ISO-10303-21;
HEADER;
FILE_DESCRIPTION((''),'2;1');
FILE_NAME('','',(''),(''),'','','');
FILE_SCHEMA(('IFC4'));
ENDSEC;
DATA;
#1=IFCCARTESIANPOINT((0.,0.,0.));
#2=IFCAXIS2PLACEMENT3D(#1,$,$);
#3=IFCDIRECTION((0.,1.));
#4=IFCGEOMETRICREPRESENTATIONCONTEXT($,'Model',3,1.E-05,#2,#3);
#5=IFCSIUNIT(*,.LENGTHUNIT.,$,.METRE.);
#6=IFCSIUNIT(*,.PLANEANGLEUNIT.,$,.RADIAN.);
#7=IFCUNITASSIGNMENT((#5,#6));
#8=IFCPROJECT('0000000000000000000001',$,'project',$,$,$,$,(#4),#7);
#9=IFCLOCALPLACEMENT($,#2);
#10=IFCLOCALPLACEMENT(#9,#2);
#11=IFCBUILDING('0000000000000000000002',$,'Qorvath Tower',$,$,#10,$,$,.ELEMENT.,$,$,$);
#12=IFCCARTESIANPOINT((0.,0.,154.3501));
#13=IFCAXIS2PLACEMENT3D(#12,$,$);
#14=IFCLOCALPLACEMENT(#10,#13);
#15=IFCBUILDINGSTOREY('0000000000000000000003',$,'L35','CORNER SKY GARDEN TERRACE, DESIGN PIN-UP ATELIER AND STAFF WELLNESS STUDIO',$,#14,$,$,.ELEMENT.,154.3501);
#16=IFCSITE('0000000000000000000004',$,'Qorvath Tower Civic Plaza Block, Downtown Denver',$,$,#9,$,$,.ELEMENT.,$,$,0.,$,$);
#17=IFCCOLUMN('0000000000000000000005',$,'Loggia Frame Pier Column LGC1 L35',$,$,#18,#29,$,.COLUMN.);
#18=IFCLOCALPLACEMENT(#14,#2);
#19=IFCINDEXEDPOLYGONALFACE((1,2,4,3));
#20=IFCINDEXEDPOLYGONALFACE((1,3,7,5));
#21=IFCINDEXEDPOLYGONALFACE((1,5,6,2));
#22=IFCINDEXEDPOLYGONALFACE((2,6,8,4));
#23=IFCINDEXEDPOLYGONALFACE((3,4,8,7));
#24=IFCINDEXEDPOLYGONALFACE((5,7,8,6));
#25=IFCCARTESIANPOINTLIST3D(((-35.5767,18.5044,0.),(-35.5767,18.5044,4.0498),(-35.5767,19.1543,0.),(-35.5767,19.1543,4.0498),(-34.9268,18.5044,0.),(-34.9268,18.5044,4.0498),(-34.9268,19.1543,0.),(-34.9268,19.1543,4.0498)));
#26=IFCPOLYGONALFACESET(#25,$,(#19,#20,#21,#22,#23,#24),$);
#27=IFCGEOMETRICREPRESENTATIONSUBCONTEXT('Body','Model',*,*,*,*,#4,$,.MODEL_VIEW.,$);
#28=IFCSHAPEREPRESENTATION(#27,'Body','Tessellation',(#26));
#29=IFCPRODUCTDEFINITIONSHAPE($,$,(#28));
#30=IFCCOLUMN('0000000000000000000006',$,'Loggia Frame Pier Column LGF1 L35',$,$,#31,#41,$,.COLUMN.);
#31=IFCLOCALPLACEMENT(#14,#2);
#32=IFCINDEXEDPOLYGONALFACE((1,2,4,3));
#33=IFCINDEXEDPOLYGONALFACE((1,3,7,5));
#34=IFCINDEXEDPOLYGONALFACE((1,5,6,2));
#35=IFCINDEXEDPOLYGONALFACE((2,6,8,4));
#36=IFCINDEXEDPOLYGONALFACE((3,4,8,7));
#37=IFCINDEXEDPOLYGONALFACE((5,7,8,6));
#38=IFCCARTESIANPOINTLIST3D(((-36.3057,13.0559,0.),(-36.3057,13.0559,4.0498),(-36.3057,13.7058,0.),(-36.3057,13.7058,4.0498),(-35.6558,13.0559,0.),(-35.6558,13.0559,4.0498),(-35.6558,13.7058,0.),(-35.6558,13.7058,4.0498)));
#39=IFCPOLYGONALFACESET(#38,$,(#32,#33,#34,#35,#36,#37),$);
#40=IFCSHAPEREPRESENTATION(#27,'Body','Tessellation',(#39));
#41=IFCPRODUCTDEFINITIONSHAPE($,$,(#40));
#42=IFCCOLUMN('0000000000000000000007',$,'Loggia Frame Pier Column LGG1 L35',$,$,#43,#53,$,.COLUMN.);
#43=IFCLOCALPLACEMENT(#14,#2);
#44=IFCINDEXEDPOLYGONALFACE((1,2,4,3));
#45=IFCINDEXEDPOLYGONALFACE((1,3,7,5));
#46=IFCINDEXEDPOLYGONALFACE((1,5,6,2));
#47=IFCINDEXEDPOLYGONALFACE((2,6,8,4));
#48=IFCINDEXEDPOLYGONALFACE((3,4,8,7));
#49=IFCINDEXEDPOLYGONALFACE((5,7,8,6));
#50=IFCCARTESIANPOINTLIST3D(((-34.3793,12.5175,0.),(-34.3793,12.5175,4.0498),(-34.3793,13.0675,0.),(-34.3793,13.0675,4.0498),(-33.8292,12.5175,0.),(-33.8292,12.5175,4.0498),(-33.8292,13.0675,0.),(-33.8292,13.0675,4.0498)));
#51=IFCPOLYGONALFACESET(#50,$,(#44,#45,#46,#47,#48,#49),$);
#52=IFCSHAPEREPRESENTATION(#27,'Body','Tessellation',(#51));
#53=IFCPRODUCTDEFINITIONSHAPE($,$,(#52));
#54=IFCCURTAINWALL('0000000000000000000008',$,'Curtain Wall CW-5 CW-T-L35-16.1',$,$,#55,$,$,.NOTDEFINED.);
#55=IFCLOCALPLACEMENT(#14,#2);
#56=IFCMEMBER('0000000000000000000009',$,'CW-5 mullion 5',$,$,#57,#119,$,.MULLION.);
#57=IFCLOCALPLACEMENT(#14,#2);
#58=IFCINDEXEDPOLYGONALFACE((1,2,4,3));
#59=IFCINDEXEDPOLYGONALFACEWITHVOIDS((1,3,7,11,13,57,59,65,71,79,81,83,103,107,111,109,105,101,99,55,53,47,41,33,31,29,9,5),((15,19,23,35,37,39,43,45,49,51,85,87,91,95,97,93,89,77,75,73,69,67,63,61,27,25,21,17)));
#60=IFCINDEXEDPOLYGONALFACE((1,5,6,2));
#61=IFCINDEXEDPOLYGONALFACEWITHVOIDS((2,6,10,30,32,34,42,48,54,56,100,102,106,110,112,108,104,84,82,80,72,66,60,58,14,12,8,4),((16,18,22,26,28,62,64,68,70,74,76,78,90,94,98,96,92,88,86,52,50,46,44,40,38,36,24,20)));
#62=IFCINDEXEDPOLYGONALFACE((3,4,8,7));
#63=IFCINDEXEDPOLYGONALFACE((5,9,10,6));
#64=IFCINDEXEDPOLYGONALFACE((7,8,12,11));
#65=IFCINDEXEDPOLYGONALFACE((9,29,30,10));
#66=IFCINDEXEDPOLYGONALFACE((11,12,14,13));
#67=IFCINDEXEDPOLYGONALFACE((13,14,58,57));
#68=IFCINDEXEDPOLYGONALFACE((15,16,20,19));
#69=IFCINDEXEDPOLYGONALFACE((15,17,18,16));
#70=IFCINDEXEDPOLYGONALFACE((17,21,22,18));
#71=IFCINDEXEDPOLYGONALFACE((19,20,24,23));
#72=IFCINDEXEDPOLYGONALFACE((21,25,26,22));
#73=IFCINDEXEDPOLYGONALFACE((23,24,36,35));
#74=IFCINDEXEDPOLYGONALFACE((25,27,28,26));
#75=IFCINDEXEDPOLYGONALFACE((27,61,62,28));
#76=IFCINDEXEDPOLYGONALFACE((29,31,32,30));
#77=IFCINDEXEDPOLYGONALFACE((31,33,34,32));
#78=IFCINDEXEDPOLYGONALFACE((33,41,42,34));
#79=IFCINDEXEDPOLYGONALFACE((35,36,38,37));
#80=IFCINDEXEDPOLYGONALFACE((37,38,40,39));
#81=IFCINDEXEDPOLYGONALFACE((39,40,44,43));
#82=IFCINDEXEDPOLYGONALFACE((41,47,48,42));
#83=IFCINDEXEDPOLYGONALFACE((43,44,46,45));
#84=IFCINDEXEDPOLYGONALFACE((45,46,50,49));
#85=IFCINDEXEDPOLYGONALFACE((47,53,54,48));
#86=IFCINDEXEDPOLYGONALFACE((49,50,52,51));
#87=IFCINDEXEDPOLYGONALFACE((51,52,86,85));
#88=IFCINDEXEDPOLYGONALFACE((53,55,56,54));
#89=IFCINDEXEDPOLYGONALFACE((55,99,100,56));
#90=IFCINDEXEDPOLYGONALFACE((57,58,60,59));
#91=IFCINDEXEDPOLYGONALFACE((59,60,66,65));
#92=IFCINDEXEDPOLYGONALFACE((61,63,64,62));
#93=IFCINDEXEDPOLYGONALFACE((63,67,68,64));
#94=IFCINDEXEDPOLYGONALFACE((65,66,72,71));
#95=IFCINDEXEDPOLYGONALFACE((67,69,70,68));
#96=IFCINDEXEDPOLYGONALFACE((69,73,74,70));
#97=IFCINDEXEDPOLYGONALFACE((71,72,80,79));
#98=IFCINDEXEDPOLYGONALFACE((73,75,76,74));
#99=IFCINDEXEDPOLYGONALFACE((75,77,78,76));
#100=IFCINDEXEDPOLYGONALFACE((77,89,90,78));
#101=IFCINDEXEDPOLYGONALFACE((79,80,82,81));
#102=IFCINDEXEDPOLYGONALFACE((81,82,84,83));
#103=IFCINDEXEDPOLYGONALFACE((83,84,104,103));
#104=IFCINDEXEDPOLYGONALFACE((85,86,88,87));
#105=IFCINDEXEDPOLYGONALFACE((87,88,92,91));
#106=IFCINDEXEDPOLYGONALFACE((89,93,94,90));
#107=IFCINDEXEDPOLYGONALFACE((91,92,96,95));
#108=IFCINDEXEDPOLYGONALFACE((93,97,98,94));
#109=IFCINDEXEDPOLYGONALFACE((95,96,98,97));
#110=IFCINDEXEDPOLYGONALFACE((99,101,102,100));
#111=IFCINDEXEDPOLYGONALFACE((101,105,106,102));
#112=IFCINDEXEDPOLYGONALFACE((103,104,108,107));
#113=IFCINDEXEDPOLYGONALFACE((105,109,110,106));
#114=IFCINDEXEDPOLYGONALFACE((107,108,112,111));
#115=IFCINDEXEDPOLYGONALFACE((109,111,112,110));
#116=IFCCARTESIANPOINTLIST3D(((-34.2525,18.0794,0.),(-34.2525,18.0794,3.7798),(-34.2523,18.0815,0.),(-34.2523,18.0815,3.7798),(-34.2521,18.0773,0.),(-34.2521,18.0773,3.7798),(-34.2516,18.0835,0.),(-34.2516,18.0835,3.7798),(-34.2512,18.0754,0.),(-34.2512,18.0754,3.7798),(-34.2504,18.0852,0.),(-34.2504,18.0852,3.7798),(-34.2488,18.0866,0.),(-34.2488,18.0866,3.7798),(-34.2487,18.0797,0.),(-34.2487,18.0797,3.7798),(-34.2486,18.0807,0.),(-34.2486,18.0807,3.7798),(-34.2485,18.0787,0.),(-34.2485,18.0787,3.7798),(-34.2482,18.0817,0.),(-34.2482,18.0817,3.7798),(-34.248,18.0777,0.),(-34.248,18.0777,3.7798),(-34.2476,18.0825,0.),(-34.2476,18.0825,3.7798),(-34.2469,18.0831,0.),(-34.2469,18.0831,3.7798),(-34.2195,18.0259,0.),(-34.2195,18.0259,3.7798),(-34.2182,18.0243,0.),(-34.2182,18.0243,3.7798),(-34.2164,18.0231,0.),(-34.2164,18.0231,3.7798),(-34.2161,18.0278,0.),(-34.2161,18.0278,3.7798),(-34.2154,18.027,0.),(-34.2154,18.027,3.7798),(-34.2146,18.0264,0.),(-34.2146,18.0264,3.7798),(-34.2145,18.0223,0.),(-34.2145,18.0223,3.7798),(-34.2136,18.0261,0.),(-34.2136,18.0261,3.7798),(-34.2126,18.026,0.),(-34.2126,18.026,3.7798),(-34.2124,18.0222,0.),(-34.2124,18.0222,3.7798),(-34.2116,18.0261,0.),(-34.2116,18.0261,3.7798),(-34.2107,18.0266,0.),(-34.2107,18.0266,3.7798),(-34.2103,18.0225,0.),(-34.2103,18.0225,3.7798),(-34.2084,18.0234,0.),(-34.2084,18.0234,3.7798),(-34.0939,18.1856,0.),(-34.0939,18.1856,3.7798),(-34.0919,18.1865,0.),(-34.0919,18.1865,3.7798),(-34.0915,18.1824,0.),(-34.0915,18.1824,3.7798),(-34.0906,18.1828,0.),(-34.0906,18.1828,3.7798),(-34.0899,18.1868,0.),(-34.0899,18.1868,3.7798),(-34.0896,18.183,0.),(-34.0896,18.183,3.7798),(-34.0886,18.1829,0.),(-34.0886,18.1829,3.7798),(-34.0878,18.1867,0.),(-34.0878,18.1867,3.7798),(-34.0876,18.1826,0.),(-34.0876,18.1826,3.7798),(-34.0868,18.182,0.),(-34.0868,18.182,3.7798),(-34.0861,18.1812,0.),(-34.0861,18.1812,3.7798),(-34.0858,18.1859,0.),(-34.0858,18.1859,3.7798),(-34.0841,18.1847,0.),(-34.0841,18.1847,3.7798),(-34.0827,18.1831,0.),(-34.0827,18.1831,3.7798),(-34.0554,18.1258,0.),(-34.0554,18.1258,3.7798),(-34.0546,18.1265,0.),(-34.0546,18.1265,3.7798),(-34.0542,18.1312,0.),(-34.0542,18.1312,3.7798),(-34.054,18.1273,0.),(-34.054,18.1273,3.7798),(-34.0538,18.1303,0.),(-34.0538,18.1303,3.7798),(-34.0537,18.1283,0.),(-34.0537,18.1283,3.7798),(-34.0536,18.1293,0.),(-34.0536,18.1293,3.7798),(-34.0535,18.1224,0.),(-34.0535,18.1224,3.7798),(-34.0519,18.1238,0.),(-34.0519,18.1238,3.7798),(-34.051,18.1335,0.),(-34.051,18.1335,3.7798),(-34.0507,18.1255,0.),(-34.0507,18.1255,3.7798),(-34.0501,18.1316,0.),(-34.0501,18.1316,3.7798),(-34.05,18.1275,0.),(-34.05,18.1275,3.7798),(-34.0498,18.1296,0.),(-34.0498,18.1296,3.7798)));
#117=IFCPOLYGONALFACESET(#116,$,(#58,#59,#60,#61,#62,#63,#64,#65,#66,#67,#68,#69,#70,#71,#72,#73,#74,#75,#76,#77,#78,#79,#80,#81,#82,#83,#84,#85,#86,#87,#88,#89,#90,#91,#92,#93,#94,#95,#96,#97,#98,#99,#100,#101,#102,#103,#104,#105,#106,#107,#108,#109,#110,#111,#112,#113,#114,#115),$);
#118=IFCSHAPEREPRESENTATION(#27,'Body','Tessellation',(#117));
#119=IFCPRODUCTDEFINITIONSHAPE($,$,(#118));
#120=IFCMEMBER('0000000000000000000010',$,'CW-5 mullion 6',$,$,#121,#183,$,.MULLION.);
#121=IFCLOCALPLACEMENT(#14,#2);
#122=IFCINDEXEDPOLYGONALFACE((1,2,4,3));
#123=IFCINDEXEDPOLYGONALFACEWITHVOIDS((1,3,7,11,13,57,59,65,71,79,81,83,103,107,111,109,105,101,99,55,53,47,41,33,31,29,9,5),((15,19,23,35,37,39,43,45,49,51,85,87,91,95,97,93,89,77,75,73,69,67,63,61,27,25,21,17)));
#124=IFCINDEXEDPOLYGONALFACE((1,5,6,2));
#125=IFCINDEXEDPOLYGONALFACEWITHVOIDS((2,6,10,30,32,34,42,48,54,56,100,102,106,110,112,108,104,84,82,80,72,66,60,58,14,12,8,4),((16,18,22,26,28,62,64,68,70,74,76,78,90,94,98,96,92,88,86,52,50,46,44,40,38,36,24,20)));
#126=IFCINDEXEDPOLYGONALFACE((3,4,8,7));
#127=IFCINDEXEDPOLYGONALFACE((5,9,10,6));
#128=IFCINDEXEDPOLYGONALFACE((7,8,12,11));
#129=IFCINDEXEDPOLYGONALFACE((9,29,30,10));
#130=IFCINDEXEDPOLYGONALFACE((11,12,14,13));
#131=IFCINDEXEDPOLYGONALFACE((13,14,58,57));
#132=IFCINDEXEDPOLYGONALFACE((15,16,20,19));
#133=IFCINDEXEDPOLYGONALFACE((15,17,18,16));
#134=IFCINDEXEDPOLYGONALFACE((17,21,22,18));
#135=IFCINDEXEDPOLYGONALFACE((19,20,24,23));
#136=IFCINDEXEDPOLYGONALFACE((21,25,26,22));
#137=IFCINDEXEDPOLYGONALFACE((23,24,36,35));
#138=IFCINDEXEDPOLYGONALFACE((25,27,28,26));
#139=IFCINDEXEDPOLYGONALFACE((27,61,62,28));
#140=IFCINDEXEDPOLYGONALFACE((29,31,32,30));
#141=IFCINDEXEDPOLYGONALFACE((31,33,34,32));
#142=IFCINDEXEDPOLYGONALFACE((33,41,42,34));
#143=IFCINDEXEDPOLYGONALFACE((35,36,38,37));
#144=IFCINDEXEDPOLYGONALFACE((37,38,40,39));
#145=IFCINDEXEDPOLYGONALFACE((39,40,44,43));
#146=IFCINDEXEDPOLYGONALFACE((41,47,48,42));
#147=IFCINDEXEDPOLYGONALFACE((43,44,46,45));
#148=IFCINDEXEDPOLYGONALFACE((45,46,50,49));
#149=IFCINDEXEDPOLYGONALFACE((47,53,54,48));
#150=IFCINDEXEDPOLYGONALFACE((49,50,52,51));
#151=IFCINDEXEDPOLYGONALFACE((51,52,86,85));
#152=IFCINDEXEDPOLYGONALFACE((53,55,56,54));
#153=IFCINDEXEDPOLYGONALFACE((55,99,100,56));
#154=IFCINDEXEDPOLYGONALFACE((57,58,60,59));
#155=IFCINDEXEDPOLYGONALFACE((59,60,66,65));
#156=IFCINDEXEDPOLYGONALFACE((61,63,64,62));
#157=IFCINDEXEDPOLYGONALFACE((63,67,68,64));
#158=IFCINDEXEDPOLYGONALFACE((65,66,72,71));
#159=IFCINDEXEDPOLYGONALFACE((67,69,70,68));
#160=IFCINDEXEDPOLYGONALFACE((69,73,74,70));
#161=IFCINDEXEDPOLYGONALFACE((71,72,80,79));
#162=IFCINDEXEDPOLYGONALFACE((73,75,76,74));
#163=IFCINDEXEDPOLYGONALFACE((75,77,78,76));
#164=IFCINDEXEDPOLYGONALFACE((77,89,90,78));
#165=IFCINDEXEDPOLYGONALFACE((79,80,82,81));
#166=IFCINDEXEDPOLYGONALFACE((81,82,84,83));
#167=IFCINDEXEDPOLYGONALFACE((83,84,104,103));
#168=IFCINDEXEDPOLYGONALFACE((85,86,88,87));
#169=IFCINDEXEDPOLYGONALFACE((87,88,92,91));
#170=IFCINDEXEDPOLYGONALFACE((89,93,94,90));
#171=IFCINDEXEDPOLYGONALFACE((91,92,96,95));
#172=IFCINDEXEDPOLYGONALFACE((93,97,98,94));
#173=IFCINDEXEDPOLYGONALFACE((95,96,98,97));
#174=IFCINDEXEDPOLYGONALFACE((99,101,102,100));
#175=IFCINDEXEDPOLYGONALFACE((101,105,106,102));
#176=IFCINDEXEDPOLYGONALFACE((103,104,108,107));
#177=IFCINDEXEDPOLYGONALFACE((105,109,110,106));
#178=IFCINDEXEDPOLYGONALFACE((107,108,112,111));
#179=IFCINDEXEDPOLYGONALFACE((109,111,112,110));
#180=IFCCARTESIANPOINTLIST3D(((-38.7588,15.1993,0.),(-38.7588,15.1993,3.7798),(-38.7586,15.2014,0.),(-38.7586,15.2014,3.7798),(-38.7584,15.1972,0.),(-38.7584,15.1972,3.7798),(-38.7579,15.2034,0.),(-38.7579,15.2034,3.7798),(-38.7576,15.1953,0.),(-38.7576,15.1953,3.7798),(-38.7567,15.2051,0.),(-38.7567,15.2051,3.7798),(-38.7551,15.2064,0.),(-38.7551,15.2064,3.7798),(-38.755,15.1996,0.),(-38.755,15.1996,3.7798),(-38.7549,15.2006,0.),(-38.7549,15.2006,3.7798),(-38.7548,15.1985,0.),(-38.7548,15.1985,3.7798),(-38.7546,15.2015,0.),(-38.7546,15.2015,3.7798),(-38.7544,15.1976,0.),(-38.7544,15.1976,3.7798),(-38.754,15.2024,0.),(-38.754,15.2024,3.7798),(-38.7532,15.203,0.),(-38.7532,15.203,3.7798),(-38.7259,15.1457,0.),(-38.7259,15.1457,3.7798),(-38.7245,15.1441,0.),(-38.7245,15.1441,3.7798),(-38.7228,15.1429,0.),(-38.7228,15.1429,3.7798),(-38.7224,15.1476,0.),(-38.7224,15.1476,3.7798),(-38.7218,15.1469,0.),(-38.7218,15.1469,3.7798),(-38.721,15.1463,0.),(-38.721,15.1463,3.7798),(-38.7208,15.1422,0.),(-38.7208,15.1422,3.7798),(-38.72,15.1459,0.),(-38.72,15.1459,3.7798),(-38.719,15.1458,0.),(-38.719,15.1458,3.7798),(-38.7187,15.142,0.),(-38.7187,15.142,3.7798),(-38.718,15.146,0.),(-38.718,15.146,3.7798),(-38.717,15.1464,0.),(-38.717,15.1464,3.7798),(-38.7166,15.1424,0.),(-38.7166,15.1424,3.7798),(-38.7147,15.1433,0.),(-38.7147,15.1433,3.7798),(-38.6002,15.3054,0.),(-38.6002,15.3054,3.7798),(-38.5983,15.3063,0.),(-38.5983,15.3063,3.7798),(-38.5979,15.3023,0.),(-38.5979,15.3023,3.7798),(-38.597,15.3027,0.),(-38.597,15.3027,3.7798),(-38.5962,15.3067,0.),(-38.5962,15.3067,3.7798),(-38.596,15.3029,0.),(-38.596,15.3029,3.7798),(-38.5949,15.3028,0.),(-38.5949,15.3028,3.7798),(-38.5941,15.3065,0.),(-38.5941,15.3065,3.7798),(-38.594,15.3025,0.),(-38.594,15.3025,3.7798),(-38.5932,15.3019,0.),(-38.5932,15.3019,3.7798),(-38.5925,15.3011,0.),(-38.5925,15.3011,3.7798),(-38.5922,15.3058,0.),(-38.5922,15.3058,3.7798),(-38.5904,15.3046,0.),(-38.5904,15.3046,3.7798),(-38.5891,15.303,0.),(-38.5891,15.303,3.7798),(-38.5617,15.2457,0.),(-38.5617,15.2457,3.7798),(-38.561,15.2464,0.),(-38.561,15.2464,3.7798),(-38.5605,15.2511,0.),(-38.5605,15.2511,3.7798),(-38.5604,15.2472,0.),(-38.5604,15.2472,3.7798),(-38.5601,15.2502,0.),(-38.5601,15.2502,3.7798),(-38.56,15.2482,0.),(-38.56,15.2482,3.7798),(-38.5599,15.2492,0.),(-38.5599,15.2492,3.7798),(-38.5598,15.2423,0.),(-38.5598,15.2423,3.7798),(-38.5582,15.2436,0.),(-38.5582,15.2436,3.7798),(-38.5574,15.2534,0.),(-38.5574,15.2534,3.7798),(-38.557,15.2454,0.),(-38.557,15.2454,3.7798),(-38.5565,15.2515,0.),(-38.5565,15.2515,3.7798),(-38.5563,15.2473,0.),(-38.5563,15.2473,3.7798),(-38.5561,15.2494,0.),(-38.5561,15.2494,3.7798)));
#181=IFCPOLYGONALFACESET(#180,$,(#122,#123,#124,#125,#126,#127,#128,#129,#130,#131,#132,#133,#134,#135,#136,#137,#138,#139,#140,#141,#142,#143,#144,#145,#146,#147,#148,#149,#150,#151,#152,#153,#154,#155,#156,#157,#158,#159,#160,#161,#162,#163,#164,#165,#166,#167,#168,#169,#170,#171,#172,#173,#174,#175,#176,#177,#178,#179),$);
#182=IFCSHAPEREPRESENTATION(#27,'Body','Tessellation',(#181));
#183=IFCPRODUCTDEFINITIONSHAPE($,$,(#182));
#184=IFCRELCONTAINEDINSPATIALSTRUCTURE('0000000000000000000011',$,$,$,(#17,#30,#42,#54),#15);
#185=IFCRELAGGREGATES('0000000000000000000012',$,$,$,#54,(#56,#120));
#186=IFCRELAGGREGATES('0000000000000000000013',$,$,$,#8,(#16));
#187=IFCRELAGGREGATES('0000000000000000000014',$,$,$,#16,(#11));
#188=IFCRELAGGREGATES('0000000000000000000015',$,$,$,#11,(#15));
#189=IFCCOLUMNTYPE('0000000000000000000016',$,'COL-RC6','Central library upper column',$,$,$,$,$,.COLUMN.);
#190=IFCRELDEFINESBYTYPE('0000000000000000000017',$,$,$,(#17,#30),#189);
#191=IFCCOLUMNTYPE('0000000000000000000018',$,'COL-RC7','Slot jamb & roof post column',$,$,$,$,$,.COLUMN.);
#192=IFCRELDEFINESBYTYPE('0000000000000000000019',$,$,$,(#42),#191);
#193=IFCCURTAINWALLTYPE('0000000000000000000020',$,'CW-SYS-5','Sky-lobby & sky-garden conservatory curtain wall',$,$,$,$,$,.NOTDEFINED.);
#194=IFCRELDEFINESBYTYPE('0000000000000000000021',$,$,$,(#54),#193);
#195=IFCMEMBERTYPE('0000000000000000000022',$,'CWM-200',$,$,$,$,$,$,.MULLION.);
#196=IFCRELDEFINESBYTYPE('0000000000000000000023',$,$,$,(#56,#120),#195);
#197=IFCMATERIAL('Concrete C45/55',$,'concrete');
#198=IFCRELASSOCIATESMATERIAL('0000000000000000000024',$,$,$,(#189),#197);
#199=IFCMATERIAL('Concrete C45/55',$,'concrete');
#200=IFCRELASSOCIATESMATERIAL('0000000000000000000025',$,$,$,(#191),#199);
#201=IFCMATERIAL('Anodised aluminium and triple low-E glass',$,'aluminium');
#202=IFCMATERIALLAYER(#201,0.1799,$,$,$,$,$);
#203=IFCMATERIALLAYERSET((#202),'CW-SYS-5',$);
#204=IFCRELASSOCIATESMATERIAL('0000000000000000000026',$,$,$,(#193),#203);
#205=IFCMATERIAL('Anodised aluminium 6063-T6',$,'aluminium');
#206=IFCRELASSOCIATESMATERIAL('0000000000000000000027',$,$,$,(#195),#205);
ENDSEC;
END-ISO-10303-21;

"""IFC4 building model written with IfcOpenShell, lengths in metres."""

from ifc_helpers import new_model, si_unit, direction, frame, origin, origin_2d, place, context, subcontext, project, spatial, rectangle, hollow_rectangle, extrude, material, layer, layer_set, material_profile, profile_set, type_object, element, aggregate, save


model = new_model("IFC4")

# Units and contexts
model_context = context("Model", 3, precision=1e-05, world=origin(), true_north=direction((0.0, 1.0)))
body_context = subcontext(model_context, "Body", "Model", "MODEL_VIEW")
ifc_project = project(units=[si_unit("LENGTHUNIT", "METRE"), si_unit("PLANEANGLEUNIT", "RADIAN")], contexts=[model_context])

# Site, building, storey
site_placement = place(None, origin())
site = spatial("IfcSite", under=ifc_project, at=site_placement, Name="Qorvath Tower Civic Plaza Block, Downtown Denver", CompositionType="ELEMENT", RefElevation=0.0)
building_placement = place(site_placement, origin())
building = spatial("IfcBuilding", under=site, at=building_placement, Name="Qorvath Tower", CompositionType="ELEMENT")
storey_placement = place(building_placement, frame((0.0, 0.0, 154.3501)))
storey = spatial("IfcBuildingStorey", under=building, at=storey_placement, Name="L35", Description="CORNER SKY GARDEN TERRACE, DESIGN PIN-UP ATELIER AND STAFF WELLNESS STUDIO", CompositionType="ELEMENT", Elevation=154.3501)

# Columns
ifc_material_1 = material(Name="Concrete C45/55", Category="concrete")
ifc_material_profile_1 = material_profile(ifc_material_1, rectangle(XDim=0.6499, YDim=0.6499, at=origin_2d()), Name="RC 650x650")
ifc_profile_set_1 = profile_set([ifc_material_profile_1], Name="Concrete C45/55")
column_type_1 = type_object("IfcColumnType", Name="COL-RC6", Description="Central library upper column", PredefinedType="COLUMN", material=ifc_profile_set_1)
for number, where, z_axis, x_axis, name in (
    (1, (-35.2517, 18.8293, 0.0), (0.0, 0.0, 1.0), (1.0, 0.0, 0.0), "Loggia Frame Pier Column LGC1 L35"),
    (2, (-35.9807, 13.3809, 0.0), (0.0, 0.0, 1.0), (1.0, 0.0, 0.0), "Loggia Frame Pier Column LGF1 L35"),
):
    element("IfcColumn", number, at=place(storey_placement, frame(where, z_axis=z_axis, x_axis=x_axis)), inside=storey, type_object=column_type_1, Name=name, PredefinedType="COLUMN", context=body_context, shape_type="SweptSolid", body=[
        extrude(rectangle(XDim=0.6499, YDim=0.6499, at=origin_2d()), origin(), (0.0, 0.0, 1.0), 4.0498),
    ])
ifc_material_2 = material(Name="Concrete C45/55", Category="concrete")
ifc_material_profile_2 = material_profile(ifc_material_2, rectangle(XDim=0.55, YDim=0.55, at=origin_2d()), Name="RC 550x550")
ifc_profile_set_2 = profile_set([ifc_material_profile_2], Name="Concrete C45/55")
column_type_2 = type_object("IfcColumnType", Name="COL-RC7", Description="Slot jamb & roof post column", PredefinedType="COLUMN", material=ifc_profile_set_2)
column_placement = place(storey_placement, frame((-34.1042, 12.7925, 0.0), z_axis=(0.0, 0.0, 1.0), x_axis=(1.0, 0.0, 0.0)))
element("IfcColumn", 3, at=column_placement, inside=storey, type_object=column_type_2, Name="Loggia Frame Pier Column LGG1 L35", PredefinedType="COLUMN", context=body_context, shape_type="SweptSolid", body=[
    extrude(rectangle(XDim=0.55, YDim=0.55, at=origin_2d()), origin(), (0.0, 0.0, 1.0), 4.0498),
])

# Curtain wall, members
ifc_material_3 = material(Name="Anodised aluminium and triple low-E glass", Category="aluminium")
ifc_layer_1 = layer(ifc_material_3, 0.1799)
ifc_layer_set_1 = layer_set([ifc_layer_1], Name="CW-SYS-5")
curtain_wall_type = type_object("IfcCurtainWallType", Name="CW-SYS-5", Description="Sky-lobby & sky-garden conservatory curtain wall", PredefinedType="NOTDEFINED", material=ifc_layer_set_1)
curtain_wall_placement = place(storey_placement, origin())
curtain_wall = element("IfcCurtainWall", 4, at=curtain_wall_placement, inside=storey, type_object=curtain_wall_type, Name="Curtain Wall CW-5 CW-T-L35-16.1", PredefinedType="NOTDEFINED")
ifc_material_4 = material(Name="Anodised aluminium 6063-T6", Category="aluminium")
ifc_material_profile_3 = material_profile(ifc_material_4, hollow_rectangle(XDim=0.075, YDim=0.2, WallThickness=0.0039, InnerFilletRadius=0.0039, OuterFilletRadius=0.0081, at=origin_2d()), Name="CWM 200x75")
ifc_profile_set_3 = profile_set([ifc_material_profile_3], Name="Anodised aluminium 6063-T6")
member_type_1 = type_object("IfcMemberType", Name="CWM-200", PredefinedType="MULLION", material=ifc_profile_set_3)
member_1_placement = place(storey_placement, frame((-34.1511, 18.1045, 0.0), z_axis=(0.0, 0.0, 1.0), x_axis=(0.538535, -0.842603, 0.0)))
member_1 = element("IfcMember", 5, at=member_1_placement, type_object=member_type_1, Name="CW-5 mullion 5", PredefinedType="MULLION", context=body_context, shape_type="SweptSolid", body=[
    extrude(hollow_rectangle(XDim=0.075, YDim=0.2, WallThickness=0.0039, InnerFilletRadius=0.0039, OuterFilletRadius=0.0081, at=origin_2d()), origin(), (0.0, 0.0, 1.0), 3.7798),
])
member_2_placement = place(storey_placement, frame((-38.6575, 15.2244, 0.0), z_axis=(0.0, 0.0, 1.0), x_axis=(0.538535, -0.842603, 0.0)))
member_2 = element("IfcMember", 6, at=member_2_placement, type_object=member_type_1, Name="CW-5 mullion 6", PredefinedType="MULLION", context=body_context, shape_type="SweptSolid", body=[
    extrude(hollow_rectangle(XDim=0.075, YDim=0.2, WallThickness=0.0039, InnerFilletRadius=0.0039, OuterFilletRadius=0.0081, at=origin_2d()), origin(), (0.0, 0.0, 1.0), 3.7798),
])
aggregate(curtain_wall, [member_1, member_2])

save(model, "model.ifc")
